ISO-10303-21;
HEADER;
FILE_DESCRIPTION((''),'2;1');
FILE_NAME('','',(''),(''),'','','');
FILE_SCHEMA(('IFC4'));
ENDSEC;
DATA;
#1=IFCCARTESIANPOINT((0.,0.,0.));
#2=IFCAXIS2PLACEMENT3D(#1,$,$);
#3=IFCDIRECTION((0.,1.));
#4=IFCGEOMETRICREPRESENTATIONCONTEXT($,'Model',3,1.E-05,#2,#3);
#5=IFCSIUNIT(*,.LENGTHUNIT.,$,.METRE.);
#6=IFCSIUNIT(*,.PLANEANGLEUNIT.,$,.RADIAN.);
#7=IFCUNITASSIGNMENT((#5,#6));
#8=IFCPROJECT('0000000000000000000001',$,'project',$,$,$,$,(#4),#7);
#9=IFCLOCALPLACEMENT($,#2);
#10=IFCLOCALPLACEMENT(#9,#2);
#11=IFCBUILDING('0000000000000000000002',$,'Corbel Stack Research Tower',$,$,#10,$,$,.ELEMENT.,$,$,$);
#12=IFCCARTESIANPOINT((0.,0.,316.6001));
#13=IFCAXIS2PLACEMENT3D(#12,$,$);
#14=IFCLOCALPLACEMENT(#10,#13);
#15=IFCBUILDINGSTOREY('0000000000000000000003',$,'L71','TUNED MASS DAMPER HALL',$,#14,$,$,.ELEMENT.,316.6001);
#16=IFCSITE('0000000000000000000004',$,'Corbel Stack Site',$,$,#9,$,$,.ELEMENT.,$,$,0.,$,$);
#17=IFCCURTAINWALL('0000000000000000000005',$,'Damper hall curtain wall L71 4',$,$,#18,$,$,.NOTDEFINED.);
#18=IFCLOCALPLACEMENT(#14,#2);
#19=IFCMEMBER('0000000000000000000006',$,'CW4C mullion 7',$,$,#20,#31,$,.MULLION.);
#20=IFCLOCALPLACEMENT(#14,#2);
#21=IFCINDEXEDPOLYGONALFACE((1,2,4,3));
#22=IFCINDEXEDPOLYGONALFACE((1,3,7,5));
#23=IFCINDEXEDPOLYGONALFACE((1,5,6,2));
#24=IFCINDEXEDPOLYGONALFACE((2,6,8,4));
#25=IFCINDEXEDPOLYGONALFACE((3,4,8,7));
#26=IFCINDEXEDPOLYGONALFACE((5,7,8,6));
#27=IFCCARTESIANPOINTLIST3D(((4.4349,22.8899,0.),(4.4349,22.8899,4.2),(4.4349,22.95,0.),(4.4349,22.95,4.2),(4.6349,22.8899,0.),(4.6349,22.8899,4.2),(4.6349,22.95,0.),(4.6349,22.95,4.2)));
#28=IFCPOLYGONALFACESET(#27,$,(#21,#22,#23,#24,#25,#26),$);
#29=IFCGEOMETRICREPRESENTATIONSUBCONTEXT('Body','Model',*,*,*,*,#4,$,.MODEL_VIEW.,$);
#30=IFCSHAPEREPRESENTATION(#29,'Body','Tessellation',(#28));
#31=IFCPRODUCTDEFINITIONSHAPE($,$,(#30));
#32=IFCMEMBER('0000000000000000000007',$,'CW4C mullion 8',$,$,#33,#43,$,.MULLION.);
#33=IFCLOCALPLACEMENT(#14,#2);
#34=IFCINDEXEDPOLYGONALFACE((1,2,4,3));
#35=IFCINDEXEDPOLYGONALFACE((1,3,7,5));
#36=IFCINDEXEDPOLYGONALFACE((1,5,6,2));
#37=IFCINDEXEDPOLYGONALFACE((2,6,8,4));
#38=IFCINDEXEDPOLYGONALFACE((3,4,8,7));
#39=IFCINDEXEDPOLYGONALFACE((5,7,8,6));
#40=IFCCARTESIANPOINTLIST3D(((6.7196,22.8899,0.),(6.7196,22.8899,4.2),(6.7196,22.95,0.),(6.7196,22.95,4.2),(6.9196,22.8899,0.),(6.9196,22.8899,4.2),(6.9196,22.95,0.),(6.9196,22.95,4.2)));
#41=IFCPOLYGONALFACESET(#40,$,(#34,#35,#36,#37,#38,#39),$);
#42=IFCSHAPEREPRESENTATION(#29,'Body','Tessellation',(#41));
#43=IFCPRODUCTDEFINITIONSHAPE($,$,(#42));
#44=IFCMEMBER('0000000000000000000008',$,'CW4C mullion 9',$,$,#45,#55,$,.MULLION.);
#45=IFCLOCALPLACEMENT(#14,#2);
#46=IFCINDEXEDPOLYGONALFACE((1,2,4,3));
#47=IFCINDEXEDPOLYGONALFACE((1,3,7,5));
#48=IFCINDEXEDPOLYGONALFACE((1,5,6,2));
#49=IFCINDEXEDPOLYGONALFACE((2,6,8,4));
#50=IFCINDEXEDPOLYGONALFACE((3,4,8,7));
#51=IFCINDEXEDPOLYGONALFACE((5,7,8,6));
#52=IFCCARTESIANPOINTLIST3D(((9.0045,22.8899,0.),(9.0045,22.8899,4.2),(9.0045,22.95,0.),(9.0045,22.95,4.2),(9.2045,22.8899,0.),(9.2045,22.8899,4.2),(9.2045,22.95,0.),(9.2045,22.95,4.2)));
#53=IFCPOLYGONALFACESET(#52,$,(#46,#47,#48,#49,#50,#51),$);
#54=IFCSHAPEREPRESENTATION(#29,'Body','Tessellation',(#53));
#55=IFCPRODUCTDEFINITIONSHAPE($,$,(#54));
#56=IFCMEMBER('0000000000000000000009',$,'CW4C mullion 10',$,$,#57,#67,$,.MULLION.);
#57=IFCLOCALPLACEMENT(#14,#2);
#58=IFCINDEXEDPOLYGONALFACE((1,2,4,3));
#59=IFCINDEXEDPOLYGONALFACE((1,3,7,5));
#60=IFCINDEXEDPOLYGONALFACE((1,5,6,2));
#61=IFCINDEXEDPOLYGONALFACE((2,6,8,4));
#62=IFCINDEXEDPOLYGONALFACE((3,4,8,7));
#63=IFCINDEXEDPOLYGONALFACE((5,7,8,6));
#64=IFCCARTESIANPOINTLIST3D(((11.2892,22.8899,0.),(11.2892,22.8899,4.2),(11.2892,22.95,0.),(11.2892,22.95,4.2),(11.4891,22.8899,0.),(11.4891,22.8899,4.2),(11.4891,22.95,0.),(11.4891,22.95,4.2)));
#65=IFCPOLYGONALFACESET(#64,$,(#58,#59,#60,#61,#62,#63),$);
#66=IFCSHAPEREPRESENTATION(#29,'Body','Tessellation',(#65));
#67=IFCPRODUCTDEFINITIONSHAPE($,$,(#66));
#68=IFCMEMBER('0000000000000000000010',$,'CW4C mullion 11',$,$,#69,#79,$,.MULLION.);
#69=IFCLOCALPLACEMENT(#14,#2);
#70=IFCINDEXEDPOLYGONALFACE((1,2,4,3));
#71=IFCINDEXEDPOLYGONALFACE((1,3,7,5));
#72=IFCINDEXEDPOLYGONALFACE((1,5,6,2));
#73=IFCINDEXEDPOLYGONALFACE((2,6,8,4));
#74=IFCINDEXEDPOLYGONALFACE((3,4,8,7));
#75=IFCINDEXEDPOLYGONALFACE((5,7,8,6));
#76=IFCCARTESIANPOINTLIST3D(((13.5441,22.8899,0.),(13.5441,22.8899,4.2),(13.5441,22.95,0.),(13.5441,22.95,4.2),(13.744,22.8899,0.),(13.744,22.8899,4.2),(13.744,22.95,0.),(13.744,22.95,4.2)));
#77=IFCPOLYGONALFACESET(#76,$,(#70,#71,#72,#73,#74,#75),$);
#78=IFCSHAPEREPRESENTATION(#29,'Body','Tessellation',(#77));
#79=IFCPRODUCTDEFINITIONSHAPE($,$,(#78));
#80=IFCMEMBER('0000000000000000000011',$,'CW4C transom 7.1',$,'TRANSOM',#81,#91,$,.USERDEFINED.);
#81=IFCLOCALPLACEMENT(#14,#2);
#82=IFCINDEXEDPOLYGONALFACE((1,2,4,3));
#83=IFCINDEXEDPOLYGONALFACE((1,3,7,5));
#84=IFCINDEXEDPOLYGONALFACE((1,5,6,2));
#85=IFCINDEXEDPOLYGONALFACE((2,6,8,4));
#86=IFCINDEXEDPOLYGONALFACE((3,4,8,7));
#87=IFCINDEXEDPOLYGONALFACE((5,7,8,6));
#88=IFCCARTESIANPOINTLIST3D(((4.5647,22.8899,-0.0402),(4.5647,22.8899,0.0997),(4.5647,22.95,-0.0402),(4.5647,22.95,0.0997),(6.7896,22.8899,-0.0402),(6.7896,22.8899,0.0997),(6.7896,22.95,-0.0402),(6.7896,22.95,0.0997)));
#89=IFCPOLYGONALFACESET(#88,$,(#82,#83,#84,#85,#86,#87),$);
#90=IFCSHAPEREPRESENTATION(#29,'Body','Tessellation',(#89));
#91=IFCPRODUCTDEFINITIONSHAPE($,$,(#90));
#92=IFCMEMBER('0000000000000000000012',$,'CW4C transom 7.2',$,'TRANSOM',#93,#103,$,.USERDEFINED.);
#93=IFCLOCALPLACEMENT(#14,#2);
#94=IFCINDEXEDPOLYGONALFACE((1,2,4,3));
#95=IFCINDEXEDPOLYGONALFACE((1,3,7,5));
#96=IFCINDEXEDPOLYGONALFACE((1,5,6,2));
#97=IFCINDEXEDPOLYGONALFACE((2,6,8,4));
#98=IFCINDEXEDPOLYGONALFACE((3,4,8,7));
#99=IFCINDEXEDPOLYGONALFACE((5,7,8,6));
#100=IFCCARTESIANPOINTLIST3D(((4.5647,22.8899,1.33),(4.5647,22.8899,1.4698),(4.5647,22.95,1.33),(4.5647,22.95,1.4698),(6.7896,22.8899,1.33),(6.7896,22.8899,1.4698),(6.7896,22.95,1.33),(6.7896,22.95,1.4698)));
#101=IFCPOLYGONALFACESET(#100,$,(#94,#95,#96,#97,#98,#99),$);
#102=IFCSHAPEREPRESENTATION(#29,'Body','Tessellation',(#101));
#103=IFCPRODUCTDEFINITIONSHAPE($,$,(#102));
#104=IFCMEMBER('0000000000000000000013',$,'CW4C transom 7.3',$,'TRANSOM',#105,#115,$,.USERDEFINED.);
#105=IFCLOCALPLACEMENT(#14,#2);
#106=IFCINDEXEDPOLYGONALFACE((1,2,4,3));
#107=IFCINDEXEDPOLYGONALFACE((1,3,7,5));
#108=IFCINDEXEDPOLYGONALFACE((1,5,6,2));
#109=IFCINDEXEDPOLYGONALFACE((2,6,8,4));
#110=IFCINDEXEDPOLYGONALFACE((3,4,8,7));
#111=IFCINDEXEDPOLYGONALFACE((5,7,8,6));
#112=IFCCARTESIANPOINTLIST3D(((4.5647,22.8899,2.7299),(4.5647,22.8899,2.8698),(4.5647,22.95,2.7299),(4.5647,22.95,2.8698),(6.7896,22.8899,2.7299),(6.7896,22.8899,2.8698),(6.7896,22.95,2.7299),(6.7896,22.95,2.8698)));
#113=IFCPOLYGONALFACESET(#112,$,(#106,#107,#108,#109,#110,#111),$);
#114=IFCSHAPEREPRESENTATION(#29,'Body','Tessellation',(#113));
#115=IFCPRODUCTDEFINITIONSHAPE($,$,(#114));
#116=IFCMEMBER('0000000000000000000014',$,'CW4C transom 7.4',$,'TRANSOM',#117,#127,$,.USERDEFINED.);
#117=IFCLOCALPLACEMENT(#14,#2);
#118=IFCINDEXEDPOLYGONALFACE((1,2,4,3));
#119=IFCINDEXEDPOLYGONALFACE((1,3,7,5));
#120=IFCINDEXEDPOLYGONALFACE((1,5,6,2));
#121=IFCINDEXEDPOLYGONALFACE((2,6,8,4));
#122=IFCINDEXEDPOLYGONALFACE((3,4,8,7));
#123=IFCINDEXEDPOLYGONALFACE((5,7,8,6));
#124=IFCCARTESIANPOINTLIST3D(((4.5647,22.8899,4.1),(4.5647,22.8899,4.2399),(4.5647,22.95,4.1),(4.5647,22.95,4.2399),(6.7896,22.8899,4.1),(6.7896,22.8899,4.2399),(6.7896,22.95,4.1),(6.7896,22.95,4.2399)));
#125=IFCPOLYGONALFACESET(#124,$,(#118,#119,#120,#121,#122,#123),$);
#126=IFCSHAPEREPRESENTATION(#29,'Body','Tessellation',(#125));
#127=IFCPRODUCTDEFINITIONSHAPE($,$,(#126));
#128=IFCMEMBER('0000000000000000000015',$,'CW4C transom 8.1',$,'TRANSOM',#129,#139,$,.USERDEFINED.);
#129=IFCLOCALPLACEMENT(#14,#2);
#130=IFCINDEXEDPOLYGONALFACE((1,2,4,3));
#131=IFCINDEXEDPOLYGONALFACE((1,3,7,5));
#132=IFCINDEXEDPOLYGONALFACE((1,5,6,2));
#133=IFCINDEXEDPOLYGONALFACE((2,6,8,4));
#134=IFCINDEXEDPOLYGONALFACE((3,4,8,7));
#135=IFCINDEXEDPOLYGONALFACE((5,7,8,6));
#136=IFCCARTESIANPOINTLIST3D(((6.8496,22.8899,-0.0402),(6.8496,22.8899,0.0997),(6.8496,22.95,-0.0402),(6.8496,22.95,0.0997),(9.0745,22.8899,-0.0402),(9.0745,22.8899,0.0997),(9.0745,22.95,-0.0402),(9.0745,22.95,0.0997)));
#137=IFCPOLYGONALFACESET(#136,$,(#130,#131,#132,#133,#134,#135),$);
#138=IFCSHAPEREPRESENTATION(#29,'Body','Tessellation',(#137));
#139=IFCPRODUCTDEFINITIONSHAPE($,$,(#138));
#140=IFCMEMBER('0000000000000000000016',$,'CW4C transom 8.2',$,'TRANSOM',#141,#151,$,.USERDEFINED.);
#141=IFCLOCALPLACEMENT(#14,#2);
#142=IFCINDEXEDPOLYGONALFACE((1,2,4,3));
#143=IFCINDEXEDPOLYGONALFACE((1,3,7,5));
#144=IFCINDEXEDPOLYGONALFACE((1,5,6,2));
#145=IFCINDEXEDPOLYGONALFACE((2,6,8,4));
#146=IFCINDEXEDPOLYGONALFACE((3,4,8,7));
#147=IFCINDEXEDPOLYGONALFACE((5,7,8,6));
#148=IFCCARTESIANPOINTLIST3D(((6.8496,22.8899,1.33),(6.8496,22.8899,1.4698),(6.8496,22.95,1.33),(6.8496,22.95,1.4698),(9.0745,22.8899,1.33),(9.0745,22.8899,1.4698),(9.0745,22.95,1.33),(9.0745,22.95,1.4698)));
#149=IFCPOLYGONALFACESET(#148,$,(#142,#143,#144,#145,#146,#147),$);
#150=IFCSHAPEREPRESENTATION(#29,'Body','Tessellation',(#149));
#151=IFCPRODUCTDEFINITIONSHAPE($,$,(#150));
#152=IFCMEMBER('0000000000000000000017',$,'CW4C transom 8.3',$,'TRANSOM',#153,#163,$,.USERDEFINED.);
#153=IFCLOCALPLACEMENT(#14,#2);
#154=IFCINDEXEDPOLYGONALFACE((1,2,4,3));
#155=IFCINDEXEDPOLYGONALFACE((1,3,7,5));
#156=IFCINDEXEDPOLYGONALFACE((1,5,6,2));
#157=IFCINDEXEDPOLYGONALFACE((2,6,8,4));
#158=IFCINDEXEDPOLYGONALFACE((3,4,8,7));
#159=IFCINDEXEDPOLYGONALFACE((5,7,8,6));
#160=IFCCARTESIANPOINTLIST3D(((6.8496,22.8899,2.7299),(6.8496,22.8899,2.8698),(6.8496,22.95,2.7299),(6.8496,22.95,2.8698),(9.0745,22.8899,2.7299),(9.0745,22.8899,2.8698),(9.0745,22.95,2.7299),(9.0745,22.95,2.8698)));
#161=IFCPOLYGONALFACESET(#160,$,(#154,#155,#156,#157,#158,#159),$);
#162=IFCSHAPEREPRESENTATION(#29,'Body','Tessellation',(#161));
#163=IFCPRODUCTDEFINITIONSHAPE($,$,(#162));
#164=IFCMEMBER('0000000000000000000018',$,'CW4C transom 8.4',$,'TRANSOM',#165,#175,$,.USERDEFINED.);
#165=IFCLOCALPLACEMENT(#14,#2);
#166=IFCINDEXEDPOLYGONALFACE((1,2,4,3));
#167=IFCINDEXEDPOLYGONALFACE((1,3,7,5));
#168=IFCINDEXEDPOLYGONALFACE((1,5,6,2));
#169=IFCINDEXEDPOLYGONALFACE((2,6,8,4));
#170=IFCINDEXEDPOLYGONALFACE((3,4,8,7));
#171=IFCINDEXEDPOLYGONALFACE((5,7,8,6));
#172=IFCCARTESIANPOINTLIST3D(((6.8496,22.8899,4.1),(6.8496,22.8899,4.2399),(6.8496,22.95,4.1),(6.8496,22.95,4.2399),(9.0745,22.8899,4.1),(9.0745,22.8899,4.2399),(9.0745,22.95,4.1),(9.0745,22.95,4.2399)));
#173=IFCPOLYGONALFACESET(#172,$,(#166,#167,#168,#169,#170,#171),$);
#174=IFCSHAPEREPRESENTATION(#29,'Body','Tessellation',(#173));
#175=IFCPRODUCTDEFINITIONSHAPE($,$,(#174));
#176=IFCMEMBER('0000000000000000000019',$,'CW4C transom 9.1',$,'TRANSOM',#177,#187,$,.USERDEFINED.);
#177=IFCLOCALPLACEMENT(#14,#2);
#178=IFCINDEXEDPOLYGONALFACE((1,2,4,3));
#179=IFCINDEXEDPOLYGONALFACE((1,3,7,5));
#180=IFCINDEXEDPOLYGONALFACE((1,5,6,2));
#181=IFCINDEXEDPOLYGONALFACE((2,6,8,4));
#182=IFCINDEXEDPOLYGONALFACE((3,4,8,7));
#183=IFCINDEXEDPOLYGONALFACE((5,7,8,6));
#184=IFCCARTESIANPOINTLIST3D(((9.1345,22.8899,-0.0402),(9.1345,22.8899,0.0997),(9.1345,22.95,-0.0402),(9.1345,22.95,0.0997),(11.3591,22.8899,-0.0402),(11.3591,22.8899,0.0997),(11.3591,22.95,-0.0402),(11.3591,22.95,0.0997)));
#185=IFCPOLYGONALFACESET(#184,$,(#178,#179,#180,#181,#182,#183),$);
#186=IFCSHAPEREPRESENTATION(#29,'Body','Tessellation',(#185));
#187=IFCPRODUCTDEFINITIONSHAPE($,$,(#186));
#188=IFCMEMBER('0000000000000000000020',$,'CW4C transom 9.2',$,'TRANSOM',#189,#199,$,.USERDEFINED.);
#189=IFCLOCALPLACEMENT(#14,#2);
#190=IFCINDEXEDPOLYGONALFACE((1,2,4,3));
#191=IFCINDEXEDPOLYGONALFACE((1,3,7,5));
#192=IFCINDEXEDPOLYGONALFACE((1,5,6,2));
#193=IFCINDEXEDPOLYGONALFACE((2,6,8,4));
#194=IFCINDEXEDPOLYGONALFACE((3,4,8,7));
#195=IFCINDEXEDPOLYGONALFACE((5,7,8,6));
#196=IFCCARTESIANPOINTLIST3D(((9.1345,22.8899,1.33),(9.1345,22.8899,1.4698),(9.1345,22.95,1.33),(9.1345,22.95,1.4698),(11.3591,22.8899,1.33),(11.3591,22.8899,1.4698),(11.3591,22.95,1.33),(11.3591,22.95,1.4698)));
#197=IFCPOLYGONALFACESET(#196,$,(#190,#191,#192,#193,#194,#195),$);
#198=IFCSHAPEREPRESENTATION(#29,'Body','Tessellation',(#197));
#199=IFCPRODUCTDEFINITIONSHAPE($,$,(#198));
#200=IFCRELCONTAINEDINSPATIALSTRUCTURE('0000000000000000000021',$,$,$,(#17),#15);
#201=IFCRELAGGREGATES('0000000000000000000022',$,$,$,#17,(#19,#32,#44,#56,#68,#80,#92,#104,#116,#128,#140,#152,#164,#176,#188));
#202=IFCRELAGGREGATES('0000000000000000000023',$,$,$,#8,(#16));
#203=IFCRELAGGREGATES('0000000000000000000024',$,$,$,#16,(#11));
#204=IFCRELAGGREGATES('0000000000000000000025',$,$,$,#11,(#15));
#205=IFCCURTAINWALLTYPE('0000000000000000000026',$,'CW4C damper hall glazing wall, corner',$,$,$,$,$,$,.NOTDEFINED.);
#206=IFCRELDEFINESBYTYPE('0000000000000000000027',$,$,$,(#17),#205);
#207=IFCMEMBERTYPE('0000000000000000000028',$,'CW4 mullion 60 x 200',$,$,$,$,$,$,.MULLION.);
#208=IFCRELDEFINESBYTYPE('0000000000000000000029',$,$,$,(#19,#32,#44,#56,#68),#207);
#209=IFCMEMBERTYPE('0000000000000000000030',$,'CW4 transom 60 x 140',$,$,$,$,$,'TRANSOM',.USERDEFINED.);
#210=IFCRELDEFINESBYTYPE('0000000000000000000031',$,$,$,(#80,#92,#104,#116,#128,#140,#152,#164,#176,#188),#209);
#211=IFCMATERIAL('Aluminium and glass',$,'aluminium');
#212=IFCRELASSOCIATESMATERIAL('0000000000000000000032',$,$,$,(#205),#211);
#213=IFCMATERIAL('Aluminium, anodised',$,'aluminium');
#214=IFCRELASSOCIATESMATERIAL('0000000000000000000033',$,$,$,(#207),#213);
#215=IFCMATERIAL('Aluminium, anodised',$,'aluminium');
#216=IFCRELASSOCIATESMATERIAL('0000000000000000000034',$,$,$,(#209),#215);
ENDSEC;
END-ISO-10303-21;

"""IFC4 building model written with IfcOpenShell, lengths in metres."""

from ifc_helpers import new_model, si_unit, direction, frame, origin, origin_2d, place, context, subcontext, project, spatial, rectangle, extrude, material, material_profile, profile_set, type_object, element, aggregate, save


model = new_model("IFC4")

# Units and contexts
model_context = context("Model", 3, precision=1e-05, world=origin(), true_north=direction((0.0, 1.0)))
body_context = subcontext(model_context, "Body", "Model", "MODEL_VIEW")
ifc_project = project(units=[si_unit("LENGTHUNIT", "METRE"), si_unit("PLANEANGLEUNIT", "RADIAN")], contexts=[model_context])

# Site, building, storey
site_placement = place(None, origin())
site = spatial("IfcSite", under=ifc_project, at=site_placement, Name="Corbel Stack Site", CompositionType="ELEMENT", RefElevation=0.0)
building_placement = place(site_placement, origin())
building = spatial("IfcBuilding", under=site, at=building_placement, Name="Corbel Stack Research Tower", CompositionType="ELEMENT")
storey_placement = place(building_placement, frame((0.0, 0.0, 316.6001)))
storey = spatial("IfcBuildingStorey", under=building, at=storey_placement, Name="L71", Description="TUNED MASS DAMPER HALL", CompositionType="ELEMENT", Elevation=316.6001)

# Curtain wall, members
ifc_material_1 = material(Name="Aluminium and glass", Category="aluminium")
curtain_wall_type = type_object("IfcCurtainWallType", Name="CW4C damper hall glazing wall, corner", PredefinedType="NOTDEFINED", material=ifc_material_1)
curtain_wall_placement = place(storey_placement, origin())
curtain_wall = element("IfcCurtainWall", 1, at=curtain_wall_placement, inside=storey, type_object=curtain_wall_type, Name="Damper hall curtain wall L71 4", PredefinedType="NOTDEFINED")
ifc_material_2 = material(Name="Aluminium, anodised", Category="aluminium")
ifc_material_profile_1 = material_profile(ifc_material_2, rectangle(XDim=0.0601, YDim=0.2, at=origin_2d()), Name="CW4 mullion 60 x 200")
ifc_profile_set_1 = profile_set([ifc_material_profile_1], Name="Aluminium, anodised")
member_type_1 = type_object("IfcMemberType", Name="CW4 mullion 60 x 200", PredefinedType="MULLION", material=ifc_profile_set_1)
member_1_placement = place(storey_placement, frame((4.5349, 22.9199, 0.0), z_axis=(0.0, 0.0, 1.0), x_axis=(0.0, 1.0, 0.0)))
member_1 = element("IfcMember", 2, at=member_1_placement, type_object=member_type_1, Name="CW4C mullion 7", PredefinedType="MULLION", context=body_context, shape_type="SweptSolid", body=[
    extrude(rectangle(XDim=0.0601, YDim=0.2, at=origin_2d()), origin(), (0.0, 0.0, 1.0), 4.2),
])
member_2_placement = place(storey_placement, frame((6.8196, 22.9199, 0.0), z_axis=(0.0, 0.0, 1.0), x_axis=(0.0, 1.0, 0.0)))
member_2 = element("IfcMember", 3, at=member_2_placement, type_object=member_type_1, Name="CW4C mullion 8", PredefinedType="MULLION", context=body_context, shape_type="SweptSolid", body=[
    extrude(rectangle(XDim=0.0601, YDim=0.2, at=origin_2d()), origin(), (0.0, 0.0, 1.0), 4.2),
])
member_3_placement = place(storey_placement, frame((9.1045, 22.9199, 0.0), z_axis=(0.0, 0.0, 1.0), x_axis=(0.0, 1.0, 0.0)))
member_3 = element("IfcMember", 4, at=member_3_placement, type_object=member_type_1, Name="CW4C mullion 9", PredefinedType="MULLION", context=body_context, shape_type="SweptSolid", body=[
    extrude(rectangle(XDim=0.0601, YDim=0.2, at=origin_2d()), origin(), (0.0, 0.0, 1.0), 4.2),
])
member_4_placement = place(storey_placement, frame((11.3892, 22.9199, 0.0), z_axis=(0.0, 0.0, 1.0), x_axis=(0.0, 1.0, 0.0)))
member_4 = element("IfcMember", 5, at=member_4_placement, type_object=member_type_1, Name="CW4C mullion 10", PredefinedType="MULLION", context=body_context, shape_type="SweptSolid", body=[
    extrude(rectangle(XDim=0.0601, YDim=0.2, at=origin_2d()), origin(), (0.0, 0.0, 1.0), 4.2),
])
member_5_placement = place(storey_placement, frame((13.644, 22.9199, 0.0), z_axis=(0.0, 0.0, 1.0), x_axis=(0.0, 1.0, 0.0)))
member_5 = element("IfcMember", 6, at=member_5_placement, type_object=member_type_1, Name="CW4C mullion 11", PredefinedType="MULLION", context=body_context, shape_type="SweptSolid", body=[
    extrude(rectangle(XDim=0.0601, YDim=0.2, at=origin_2d()), origin(), (0.0, 0.0, 1.0), 4.2),
])
ifc_material_3 = material(Name="Aluminium, anodised", Category="aluminium")
ifc_material_profile_2 = material_profile(ifc_material_3, rectangle(XDim=0.0601, YDim=0.1399, at=origin_2d()), Name="CW4 transom 60 x 140")
ifc_profile_set_2 = profile_set([ifc_material_profile_2], Name="Aluminium, anodised")
member_type_2 = type_object("IfcMemberType", Name="CW4 transom 60 x 140", ElementType="TRANSOM", PredefinedType="USERDEFINED", material=ifc_profile_set_2)
member_6_placement = place(storey_placement, frame((4.5647, 22.9199, 0.0298), z_axis=(1.0, 0.0, 0.0), x_axis=(0.0, 1.0, 0.0)))
member_6 = element("IfcMember", 7, at=member_6_placement, type_object=member_type_2, Name="CW4C transom 7.1", ObjectType="TRANSOM", PredefinedType="USERDEFINED", context=body_context, shape_type="SweptSolid", body=[
    extrude(rectangle(XDim=0.0601, YDim=0.1399, at=origin_2d()), origin(), (0.0, 0.0, 1.0), 2.2249),
])
member_7_placement = place(storey_placement, frame((4.5647, 22.9199, 1.3999), z_axis=(1.0, 0.0, 0.0), x_axis=(0.0, 1.0, 0.0)))
member_7 = element("IfcMember", 8, at=member_7_placement, type_object=member_type_2, Name="CW4C transom 7.2", ObjectType="TRANSOM", PredefinedType="USERDEFINED", context=body_context, shape_type="SweptSolid", body=[
    extrude(rectangle(XDim=0.0601, YDim=0.1399, at=origin_2d()), origin(), (0.0, 0.0, 1.0), 2.2249),
])
member_8_placement = place(storey_placement, frame((4.5647, 22.9199, 2.7998), z_axis=(1.0, 0.0, 0.0), x_axis=(0.0, 1.0, 0.0)))
member_8 = element("IfcMember", 9, at=member_8_placement, type_object=member_type_2, Name="CW4C transom 7.3", ObjectType="TRANSOM", PredefinedType="USERDEFINED", context=body_context, shape_type="SweptSolid", body=[
    extrude(rectangle(XDim=0.0601, YDim=0.1399, at=origin_2d()), origin(), (0.0, 0.0, 1.0), 2.2249),
])
member_9_placement = place(storey_placement, frame((4.5647, 22.9199, 4.1699), z_axis=(1.0, 0.0, 0.0), x_axis=(0.0, 1.0, 0.0)))
member_9 = element("IfcMember", 10, at=member_9_placement, type_object=member_type_2, Name="CW4C transom 7.4", ObjectType="TRANSOM", PredefinedType="USERDEFINED", context=body_context, shape_type="SweptSolid", body=[
    extrude(rectangle(XDim=0.0601, YDim=0.1399, at=origin_2d()), origin(), (0.0, 0.0, 1.0), 2.2249),
])
member_10_placement = place(storey_placement, frame((6.8496, 22.9199, 0.0298), z_axis=(1.0, 0.0, 0.0), x_axis=(0.0, 1.0, 0.0)))
member_10 = element("IfcMember", 11, at=member_10_placement, type_object=member_type_2, Name="CW4C transom 8.1", ObjectType="TRANSOM", PredefinedType="USERDEFINED", context=body_context, shape_type="SweptSolid", body=[
    extrude(rectangle(XDim=0.0601, YDim=0.1399, at=origin_2d()), origin(), (0.0, 0.0, 1.0), 2.2249),
])
member_11_placement = place(storey_placement, frame((6.8496, 22.9199, 1.3999), z_axis=(1.0, 0.0, 0.0), x_axis=(0.0, 1.0, 0.0)))
member_11 = element("IfcMember", 12, at=member_11_placement, type_object=member_type_2, Name="CW4C transom 8.2", ObjectType="TRANSOM", PredefinedType="USERDEFINED", context=body_context, shape_type="SweptSolid", body=[
    extrude(rectangle(XDim=0.0601, YDim=0.1399, at=origin_2d()), origin(), (0.0, 0.0, 1.0), 2.2249),
])
member_12_placement = place(storey_placement, frame((6.8496, 22.9199, 2.7998), z_axis=(1.0, 0.0, 0.0), x_axis=(0.0, 1.0, 0.0)))
member_12 = element("IfcMember", 13, at=member_12_placement, type_object=member_type_2, Name="CW4C transom 8.3", ObjectType="TRANSOM", PredefinedType="USERDEFINED", context=body_context, shape_type="SweptSolid", body=[
    extrude(rectangle(XDim=0.0601, YDim=0.1399, at=origin_2d()), origin(), (0.0, 0.0, 1.0), 2.2249),
])
member_13_placement = place(storey_placement, frame((6.8496, 22.9199, 4.1699), z_axis=(1.0, 0.0, 0.0), x_axis=(0.0, 1.0, 0.0)))
member_13 = element("IfcMember", 14, at=member_13_placement, type_object=member_type_2, Name="CW4C transom 8.4", ObjectType="TRANSOM", PredefinedType="USERDEFINED", context=body_context, shape_type="SweptSolid", body=[
    extrude(rectangle(XDim=0.0601, YDim=0.1399, at=origin_2d()), origin(), (0.0, 0.0, 1.0), 2.2249),
])
member_14_placement = place(storey_placement, frame((9.1345, 22.9199, 0.0298), z_axis=(1.0, 0.0, 0.0), x_axis=(0.0, 1.0, 0.0)))
member_14 = element("IfcMember", 15, at=member_14_placement, type_object=member_type_2, Name="CW4C transom 9.1", ObjectType="TRANSOM", PredefinedType="USERDEFINED", context=body_context, shape_type="SweptSolid", body=[
    extrude(rectangle(XDim=0.0601, YDim=0.1399, at=origin_2d()), origin(), (0.0, 0.0, 1.0), 2.2246),
])
member_15_placement = place(storey_placement, frame((9.1345, 22.9199, 1.3999), z_axis=(1.0, 0.0, 0.0), x_axis=(0.0, 1.0, 0.0)))
member_15 = element("IfcMember", 16, at=member_15_placement, type_object=member_type_2, Name="CW4C transom 9.2", ObjectType="TRANSOM", PredefinedType="USERDEFINED", context=body_context, shape_type="SweptSolid", body=[
    extrude(rectangle(XDim=0.0601, YDim=0.1399, at=origin_2d()), origin(), (0.0, 0.0, 1.0), 2.2246),
])
aggregate(curtain_wall, [member_1, member_2, member_3, member_4, member_5, member_6, member_7, member_8, member_9, member_10, member_11, member_12, member_13, member_14, member_15])

save(model, "model.ifc")
